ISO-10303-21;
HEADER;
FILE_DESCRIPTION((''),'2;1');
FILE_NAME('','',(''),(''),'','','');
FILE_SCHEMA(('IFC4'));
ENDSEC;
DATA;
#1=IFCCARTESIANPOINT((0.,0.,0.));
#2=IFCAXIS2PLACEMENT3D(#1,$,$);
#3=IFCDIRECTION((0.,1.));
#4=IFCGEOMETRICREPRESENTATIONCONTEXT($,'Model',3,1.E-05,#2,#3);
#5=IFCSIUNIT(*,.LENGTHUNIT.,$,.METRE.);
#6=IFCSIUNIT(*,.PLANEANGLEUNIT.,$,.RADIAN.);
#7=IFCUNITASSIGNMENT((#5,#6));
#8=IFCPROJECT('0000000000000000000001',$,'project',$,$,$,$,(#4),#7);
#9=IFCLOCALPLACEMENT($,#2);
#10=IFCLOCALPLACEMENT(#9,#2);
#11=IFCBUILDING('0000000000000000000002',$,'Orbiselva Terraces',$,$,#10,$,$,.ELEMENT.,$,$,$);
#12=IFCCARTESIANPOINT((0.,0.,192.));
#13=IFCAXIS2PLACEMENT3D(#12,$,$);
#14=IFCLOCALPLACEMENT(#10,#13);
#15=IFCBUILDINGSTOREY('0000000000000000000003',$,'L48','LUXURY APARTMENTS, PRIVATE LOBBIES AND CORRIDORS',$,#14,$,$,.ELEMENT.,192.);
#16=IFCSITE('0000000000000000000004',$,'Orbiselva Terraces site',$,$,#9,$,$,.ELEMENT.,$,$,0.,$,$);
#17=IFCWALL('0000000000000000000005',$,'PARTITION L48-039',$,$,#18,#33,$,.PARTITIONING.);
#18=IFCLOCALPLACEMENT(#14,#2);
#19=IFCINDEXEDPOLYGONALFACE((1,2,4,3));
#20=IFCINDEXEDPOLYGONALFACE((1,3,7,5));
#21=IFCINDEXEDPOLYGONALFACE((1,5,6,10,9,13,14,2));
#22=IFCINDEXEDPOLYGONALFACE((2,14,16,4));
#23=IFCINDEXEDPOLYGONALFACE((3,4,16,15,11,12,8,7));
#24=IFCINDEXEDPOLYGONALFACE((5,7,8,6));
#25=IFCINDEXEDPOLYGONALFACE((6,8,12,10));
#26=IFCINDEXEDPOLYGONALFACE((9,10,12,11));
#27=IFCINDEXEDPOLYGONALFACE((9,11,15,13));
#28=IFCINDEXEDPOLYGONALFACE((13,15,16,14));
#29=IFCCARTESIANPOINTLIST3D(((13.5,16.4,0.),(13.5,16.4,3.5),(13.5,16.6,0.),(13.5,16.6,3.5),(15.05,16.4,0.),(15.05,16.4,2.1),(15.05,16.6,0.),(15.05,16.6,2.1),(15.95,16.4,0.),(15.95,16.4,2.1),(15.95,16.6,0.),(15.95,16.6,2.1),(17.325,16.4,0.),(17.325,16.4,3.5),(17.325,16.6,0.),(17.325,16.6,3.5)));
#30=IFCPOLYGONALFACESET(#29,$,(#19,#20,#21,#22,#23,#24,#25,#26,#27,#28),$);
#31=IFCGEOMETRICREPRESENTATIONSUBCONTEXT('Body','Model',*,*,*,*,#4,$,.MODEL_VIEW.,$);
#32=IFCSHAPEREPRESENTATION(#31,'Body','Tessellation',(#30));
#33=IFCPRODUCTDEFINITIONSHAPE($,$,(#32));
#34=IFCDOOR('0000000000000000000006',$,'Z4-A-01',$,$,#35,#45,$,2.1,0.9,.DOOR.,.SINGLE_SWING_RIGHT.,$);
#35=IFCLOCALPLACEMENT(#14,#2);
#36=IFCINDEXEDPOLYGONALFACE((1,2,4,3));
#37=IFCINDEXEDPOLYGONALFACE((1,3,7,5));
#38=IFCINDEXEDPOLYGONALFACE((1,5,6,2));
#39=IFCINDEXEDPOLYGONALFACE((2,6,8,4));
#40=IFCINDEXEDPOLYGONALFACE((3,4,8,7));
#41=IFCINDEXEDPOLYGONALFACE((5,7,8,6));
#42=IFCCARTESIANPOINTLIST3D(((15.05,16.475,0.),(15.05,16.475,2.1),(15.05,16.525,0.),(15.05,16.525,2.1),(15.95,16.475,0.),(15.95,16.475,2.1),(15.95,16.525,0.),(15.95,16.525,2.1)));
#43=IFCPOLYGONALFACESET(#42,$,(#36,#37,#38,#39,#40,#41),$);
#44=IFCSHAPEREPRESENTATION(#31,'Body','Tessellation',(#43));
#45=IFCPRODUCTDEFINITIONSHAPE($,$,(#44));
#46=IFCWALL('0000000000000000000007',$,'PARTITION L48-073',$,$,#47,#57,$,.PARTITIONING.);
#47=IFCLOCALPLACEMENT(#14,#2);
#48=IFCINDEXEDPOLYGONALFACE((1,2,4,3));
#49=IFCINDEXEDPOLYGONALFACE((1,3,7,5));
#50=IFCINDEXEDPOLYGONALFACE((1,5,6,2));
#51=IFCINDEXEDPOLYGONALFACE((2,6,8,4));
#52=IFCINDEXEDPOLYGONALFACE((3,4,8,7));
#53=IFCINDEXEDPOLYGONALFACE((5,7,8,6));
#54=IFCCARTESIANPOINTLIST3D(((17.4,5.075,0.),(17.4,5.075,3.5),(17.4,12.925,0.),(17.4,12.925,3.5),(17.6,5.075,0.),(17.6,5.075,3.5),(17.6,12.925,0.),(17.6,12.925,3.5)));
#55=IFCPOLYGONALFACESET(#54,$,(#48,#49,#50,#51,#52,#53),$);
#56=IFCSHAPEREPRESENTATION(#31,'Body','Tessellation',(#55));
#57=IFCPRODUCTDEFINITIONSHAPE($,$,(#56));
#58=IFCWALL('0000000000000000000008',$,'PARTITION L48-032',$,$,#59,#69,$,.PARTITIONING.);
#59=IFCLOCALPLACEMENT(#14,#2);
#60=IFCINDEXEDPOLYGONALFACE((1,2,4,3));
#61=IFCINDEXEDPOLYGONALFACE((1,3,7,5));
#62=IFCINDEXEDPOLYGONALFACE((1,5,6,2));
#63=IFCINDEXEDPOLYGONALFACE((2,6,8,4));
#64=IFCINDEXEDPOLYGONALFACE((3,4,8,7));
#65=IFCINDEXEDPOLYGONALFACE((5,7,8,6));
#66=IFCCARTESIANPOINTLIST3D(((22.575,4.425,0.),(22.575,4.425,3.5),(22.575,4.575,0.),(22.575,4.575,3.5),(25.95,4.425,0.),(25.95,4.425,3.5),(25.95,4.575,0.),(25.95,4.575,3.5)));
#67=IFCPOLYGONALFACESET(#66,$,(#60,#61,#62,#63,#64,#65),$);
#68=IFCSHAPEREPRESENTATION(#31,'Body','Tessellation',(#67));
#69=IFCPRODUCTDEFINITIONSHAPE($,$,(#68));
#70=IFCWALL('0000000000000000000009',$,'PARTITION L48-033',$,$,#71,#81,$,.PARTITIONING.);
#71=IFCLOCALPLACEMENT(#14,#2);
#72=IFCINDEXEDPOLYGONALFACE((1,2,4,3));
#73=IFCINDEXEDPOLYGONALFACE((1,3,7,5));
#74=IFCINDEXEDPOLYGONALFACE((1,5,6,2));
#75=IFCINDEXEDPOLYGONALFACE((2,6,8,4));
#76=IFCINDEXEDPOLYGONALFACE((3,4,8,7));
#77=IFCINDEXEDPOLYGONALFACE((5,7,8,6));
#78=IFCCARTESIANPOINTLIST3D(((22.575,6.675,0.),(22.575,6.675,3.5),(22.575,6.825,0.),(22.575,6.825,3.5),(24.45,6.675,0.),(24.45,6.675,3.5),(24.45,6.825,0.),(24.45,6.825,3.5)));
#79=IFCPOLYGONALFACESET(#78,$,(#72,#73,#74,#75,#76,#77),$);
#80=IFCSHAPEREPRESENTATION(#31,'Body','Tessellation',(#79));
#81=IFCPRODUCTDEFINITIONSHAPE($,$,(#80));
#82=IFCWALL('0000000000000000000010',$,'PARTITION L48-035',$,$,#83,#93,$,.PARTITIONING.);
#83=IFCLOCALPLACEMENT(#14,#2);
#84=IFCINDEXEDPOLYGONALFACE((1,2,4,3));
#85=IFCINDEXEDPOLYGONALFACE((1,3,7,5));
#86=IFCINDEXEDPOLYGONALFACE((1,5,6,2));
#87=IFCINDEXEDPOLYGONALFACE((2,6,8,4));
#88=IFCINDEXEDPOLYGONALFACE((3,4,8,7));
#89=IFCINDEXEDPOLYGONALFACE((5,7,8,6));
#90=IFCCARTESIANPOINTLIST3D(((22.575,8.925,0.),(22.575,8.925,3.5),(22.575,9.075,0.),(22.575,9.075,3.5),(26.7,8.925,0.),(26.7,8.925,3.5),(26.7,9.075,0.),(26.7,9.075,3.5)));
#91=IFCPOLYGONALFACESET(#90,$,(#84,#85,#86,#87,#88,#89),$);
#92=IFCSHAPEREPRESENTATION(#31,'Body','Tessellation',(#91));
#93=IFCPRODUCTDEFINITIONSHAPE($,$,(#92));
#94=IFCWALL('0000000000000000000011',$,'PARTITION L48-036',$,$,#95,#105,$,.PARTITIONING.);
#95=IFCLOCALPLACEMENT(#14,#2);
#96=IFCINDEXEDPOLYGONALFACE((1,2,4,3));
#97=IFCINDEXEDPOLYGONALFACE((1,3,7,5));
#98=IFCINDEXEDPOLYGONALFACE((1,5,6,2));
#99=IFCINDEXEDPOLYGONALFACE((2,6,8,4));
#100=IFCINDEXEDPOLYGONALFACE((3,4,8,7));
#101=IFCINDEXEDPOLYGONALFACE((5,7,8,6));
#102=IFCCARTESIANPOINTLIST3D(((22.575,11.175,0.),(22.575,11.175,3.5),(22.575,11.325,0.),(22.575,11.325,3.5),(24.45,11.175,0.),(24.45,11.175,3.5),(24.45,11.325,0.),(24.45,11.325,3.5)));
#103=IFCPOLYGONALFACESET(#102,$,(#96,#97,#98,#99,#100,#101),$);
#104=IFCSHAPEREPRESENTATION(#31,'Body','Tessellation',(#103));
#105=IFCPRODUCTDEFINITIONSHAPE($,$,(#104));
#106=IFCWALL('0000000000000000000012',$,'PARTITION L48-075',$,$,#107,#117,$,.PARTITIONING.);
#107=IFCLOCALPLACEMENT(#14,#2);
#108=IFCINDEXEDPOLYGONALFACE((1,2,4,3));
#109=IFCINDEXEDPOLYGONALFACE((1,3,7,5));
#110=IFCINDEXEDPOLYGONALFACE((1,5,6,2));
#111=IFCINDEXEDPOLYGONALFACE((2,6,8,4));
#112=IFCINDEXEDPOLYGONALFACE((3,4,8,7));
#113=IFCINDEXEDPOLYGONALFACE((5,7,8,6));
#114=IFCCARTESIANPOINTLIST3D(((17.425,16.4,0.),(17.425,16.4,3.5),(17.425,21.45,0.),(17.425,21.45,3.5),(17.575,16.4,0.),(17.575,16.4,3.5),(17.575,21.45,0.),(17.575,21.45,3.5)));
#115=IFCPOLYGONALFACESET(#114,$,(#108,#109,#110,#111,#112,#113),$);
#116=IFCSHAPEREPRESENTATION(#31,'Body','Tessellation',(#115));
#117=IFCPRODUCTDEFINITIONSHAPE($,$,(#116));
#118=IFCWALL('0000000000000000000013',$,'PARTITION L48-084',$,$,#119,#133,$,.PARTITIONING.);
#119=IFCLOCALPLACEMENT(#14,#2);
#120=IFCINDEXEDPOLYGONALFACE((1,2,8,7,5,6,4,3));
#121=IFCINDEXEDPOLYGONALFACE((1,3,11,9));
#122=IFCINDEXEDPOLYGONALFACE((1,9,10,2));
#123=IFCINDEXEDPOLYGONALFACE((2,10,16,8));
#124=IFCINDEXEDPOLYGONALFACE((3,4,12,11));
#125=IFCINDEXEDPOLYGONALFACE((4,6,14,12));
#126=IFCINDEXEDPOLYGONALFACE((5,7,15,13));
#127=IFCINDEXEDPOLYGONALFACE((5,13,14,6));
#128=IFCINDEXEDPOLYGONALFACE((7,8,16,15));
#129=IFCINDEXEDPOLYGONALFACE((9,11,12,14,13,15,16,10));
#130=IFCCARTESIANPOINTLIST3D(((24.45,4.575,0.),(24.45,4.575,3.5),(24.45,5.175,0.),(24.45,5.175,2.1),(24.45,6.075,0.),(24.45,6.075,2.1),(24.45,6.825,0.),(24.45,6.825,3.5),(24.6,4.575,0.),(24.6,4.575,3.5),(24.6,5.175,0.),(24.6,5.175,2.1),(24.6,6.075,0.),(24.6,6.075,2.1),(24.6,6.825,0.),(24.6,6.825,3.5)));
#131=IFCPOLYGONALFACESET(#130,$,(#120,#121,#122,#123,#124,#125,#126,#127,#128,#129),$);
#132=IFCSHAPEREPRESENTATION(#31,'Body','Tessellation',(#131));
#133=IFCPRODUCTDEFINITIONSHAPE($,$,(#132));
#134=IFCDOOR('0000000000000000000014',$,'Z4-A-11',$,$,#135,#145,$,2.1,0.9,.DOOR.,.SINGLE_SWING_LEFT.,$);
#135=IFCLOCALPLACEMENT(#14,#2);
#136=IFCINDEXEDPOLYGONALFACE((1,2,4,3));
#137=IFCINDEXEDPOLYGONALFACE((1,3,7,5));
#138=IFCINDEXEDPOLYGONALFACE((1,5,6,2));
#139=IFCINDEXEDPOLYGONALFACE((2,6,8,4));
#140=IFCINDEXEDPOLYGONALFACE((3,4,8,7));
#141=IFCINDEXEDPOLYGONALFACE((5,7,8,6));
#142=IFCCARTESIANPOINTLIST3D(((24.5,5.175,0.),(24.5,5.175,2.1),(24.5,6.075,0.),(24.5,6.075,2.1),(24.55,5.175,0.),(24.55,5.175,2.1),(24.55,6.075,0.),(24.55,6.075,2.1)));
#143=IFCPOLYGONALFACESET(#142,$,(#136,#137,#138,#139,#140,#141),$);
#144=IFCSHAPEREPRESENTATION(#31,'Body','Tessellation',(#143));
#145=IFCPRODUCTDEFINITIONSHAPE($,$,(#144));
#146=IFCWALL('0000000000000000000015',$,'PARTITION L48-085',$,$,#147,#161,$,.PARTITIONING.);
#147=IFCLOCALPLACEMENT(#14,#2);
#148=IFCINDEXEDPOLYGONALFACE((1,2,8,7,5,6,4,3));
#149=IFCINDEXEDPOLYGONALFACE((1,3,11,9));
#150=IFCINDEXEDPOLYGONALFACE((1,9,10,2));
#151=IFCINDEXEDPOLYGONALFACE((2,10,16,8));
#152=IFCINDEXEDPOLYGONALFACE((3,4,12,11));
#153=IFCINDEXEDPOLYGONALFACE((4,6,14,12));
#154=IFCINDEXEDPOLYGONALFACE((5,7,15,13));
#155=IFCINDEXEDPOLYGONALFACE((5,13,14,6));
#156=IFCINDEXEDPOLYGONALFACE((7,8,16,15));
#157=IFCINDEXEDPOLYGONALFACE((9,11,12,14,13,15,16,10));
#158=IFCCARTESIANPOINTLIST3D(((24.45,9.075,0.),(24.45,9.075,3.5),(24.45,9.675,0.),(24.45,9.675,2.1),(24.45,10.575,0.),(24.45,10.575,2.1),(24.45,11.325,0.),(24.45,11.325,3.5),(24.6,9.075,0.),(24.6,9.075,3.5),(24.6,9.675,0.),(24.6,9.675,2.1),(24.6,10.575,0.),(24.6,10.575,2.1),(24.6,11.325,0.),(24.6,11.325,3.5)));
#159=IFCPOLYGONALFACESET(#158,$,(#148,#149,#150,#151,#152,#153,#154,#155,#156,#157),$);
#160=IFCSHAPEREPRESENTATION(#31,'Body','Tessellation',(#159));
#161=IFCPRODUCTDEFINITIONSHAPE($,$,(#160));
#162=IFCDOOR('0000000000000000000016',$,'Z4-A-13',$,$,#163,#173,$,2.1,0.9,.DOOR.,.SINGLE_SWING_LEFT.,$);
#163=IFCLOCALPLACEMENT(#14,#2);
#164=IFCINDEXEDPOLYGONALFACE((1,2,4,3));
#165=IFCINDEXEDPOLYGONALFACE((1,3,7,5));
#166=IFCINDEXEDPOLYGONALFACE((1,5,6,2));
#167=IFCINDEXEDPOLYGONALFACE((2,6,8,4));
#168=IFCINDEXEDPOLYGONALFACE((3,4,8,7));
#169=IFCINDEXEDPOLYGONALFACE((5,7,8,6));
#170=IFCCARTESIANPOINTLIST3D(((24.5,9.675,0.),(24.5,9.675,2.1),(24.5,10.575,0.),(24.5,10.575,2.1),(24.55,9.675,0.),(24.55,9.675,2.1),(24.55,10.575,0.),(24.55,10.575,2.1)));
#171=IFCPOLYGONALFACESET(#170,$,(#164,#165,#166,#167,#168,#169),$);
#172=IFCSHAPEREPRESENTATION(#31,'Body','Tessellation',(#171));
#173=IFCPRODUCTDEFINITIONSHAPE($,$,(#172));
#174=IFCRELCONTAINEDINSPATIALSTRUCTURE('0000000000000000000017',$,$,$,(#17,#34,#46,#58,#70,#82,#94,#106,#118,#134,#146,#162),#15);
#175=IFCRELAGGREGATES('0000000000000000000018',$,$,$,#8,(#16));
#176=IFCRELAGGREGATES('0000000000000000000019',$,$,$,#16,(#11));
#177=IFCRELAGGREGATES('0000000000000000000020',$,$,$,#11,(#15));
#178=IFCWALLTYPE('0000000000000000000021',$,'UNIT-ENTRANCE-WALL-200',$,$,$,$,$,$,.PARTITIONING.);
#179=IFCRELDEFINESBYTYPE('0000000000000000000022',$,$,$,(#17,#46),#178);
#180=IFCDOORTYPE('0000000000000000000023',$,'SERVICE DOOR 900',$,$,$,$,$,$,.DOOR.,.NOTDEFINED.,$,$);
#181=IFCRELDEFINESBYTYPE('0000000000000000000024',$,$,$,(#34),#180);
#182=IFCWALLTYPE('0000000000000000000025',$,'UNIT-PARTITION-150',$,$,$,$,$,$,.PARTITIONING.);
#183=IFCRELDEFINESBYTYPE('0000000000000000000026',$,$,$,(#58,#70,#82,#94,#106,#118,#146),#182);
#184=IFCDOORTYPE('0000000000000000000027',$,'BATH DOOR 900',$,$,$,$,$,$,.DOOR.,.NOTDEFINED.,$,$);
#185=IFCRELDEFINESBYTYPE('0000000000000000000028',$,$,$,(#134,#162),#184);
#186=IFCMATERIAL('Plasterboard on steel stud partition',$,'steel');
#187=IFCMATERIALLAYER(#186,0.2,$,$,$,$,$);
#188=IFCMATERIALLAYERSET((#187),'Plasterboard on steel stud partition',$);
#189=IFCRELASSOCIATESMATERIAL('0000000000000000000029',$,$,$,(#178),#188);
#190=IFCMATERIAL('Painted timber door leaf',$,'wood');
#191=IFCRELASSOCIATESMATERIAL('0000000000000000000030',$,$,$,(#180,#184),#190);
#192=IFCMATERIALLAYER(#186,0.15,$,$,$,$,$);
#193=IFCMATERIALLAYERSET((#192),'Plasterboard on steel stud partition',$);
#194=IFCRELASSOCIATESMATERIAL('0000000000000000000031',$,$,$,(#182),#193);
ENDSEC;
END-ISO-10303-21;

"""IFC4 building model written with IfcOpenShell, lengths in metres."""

from ifc_helpers import new_model, si_unit, direction, frame, frame_2d, origin, place, context, subcontext, project, spatial, rectangle, extrude, material, layer, layer_set, type_object, element, fill, save


model = new_model("IFC4")

# Units and contexts
model_context = context("Model", 3, precision=1e-05, world=origin(), true_north=direction((0.0, 1.0)))
body_context = subcontext(model_context, "Body", "Model", "MODEL_VIEW")
ifc_project = project(units=[si_unit("LENGTHUNIT", "METRE"), si_unit("PLANEANGLEUNIT", "RADIAN")], contexts=[model_context])

# Site, building, storey
site_placement = place(None, origin())
site = spatial("IfcSite", under=ifc_project, at=site_placement, Name="Orbiselva Terraces site", CompositionType="ELEMENT", RefElevation=0.0)
building_placement = place(site_placement, origin())
building = spatial("IfcBuilding", under=site, at=building_placement, Name="Orbiselva Terraces", CompositionType="ELEMENT")
storey_placement = place(building_placement, frame((0.0, 0.0, 192.0)))
storey = spatial("IfcBuildingStorey", under=building, at=storey_placement, Name="L48", Description="LUXURY APARTMENTS, PRIVATE LOBBIES AND CORRIDORS", CompositionType="ELEMENT", Elevation=192.0)

# Wall, opening, door
ifc_material_1 = material(Name="Plasterboard on steel stud partition", Category="steel")
ifc_layer_1 = layer(ifc_material_1, 0.2)
ifc_layer_set_1 = layer_set([ifc_layer_1], Name="Plasterboard on steel stud partition")
wall_type_1 = type_object("IfcWallType", Name="UNIT-ENTRANCE-WALL-200", PredefinedType="PARTITIONING", material=ifc_layer_set_1)
wall_1_placement = place(storey_placement, frame((13.5, 16.5, 0.0), z_axis=(0.0, 0.0, 1.0), x_axis=(1.0, 0.0, 0.0)))
wall_1 = element("IfcWall", 1, at=wall_1_placement, inside=storey, type_object=wall_type_1, Name="PARTITION L48-039", PredefinedType="PARTITIONING", context=body_context, shape_type="SweptSolid", body=[
    extrude(rectangle(XDim=3.825, YDim=0.2, at=frame_2d((1.9125, 0.0))), origin(), (0.0, 0.0, 1.0), 3.5),
])
opening_1_placement = place(wall_1_placement, frame((1.55, 0.0, 0.0)))
opening_1 = element("IfcOpeningElement", 2, at=opening_1_placement, cuts=wall_1, PredefinedType="OPENING", context=body_context, shape_type="SweptSolid", body=[
    extrude(rectangle(XDim=0.9, YDim=2.1, at=frame_2d((0.45, 1.05))), frame((0.0, 0.11, 0.0), z_axis=(0.0, -1.0, 0.0), x_axis=(1.0, 0.0, 0.0)), (0.0, 0.0, 1.0), 0.22),
])
ifc_material_2 = material(Name="Painted timber door leaf", Category="wood")
door_type_1 = type_object("IfcDoorType", Name="SERVICE DOOR 900", OperationType="NOTDEFINED", PredefinedType="DOOR", material=ifc_material_2)
door_1_placement = place(opening_1_placement, origin())
door_1 = element("IfcDoor", 3, at=door_1_placement, inside=storey, type_object=door_type_1, Name="Z4-A-01", OperationType="SINGLE_SWING_RIGHT", OverallHeight=2.1, OverallWidth=0.9, PredefinedType="DOOR", context=body_context, shape_type="SweptSolid", body=[
    extrude(rectangle(XDim=0.9, YDim=2.1, at=frame_2d((0.45, 1.05))), frame((0.0, 0.025, 0.0), z_axis=(0.0, -1.0, 0.0), x_axis=(1.0, 0.0, 0.0)), (0.0, 0.0, 1.0), 0.05),
])
fill(opening_1, door_1)

# Walls
wall_2_placement = place(storey_placement, frame((17.5, 5.075, 0.0), z_axis=(0.0, 0.0, 1.0), x_axis=(0.0, 1.0, 0.0)))
element("IfcWall", 4, at=wall_2_placement, inside=storey, type_object=wall_type_1, Name="PARTITION L48-073", PredefinedType="PARTITIONING", context=body_context, shape_type="SweptSolid", body=[
    extrude(rectangle(XDim=7.85, YDim=0.2, at=frame_2d((3.925, 0.0))), origin(), (0.0, 0.0, 1.0), 3.5),
])
ifc_layer_2 = layer(ifc_material_1, 0.15)
ifc_layer_set_2 = layer_set([ifc_layer_2], Name="Plasterboard on steel stud partition")
wall_type_2 = type_object("IfcWallType", Name="UNIT-PARTITION-150", PredefinedType="PARTITIONING", material=ifc_layer_set_2)
wall_3_placement = place(storey_placement, frame((22.575, 4.5, 0.0), z_axis=(0.0, 0.0, 1.0), x_axis=(1.0, 0.0, 0.0)))
element("IfcWall", 5, at=wall_3_placement, inside=storey, type_object=wall_type_2, Name="PARTITION L48-032", PredefinedType="PARTITIONING", context=body_context, shape_type="SweptSolid", body=[
    extrude(rectangle(XDim=3.375, YDim=0.15, at=frame_2d((1.6875, 0.0))), origin(), (0.0, 0.0, 1.0), 3.5),
])
wall_4_placement = place(storey_placement, frame((22.575, 6.75, 0.0), z_axis=(0.0, 0.0, 1.0), x_axis=(1.0, 0.0, 0.0)))
element("IfcWall", 6, at=wall_4_placement, inside=storey, type_object=wall_type_2, Name="PARTITION L48-033", PredefinedType="PARTITIONING", context=body_context, shape_type="SweptSolid", body=[
    extrude(rectangle(XDim=1.875, YDim=0.15, at=frame_2d((0.9375, 0.0))), origin(), (0.0, 0.0, 1.0), 3.5),
])
wall_5_placement = place(storey_placement, frame((22.575, 9.0, 0.0), z_axis=(0.0, 0.0, 1.0), x_axis=(1.0, 0.0, 0.0)))
element("IfcWall", 7, at=wall_5_placement, inside=storey, type_object=wall_type_2, Name="PARTITION L48-035", PredefinedType="PARTITIONING", context=body_context, shape_type="SweptSolid", body=[
    extrude(rectangle(XDim=4.125, YDim=0.15, at=frame_2d((2.0625, 0.0))), origin(), (0.0, 0.0, 1.0), 3.5),
])
wall_6_placement = place(storey_placement, frame((22.575, 11.25, 0.0), z_axis=(0.0, 0.0, 1.0), x_axis=(1.0, 0.0, 0.0)))
element("IfcWall", 8, at=wall_6_placement, inside=storey, type_object=wall_type_2, Name="PARTITION L48-036", PredefinedType="PARTITIONING", context=body_context, shape_type="SweptSolid", body=[
    extrude(rectangle(XDim=1.875, YDim=0.15, at=frame_2d((0.9375, 0.0))), origin(), (0.0, 0.0, 1.0), 3.5),
])
wall_7_placement = place(storey_placement, frame((17.5, 16.4, 0.0), z_axis=(0.0, 0.0, 1.0), x_axis=(0.0, 1.0, 0.0)))
element("IfcWall", 9, at=wall_7_placement, inside=storey, type_object=wall_type_2, Name="PARTITION L48-075", PredefinedType="PARTITIONING", context=body_context, shape_type="SweptSolid", body=[
    extrude(rectangle(XDim=5.05, YDim=0.15, at=frame_2d((2.525, 0.0))), origin(), (0.0, 0.0, 1.0), 3.5),
])

# Walls, openings, doors
wall_8_placement = place(storey_placement, frame((24.525, 4.575, 0.0), z_axis=(0.0, 0.0, 1.0), x_axis=(0.0, 1.0, 0.0)))
wall_8 = element("IfcWall", 10, at=wall_8_placement, inside=storey, type_object=wall_type_2, Name="PARTITION L48-084", PredefinedType="PARTITIONING", context=body_context, shape_type="SweptSolid", body=[
    extrude(rectangle(XDim=2.25, YDim=0.15, at=frame_2d((1.125, 0.0))), origin(), (0.0, 0.0, 1.0), 3.5),
])
opening_2_placement = place(wall_8_placement, frame((0.6, 0.0, 0.0)))
opening_2 = element("IfcOpeningElement", 11, at=opening_2_placement, cuts=wall_8, PredefinedType="OPENING", context=body_context, shape_type="SweptSolid", body=[
    extrude(rectangle(XDim=0.9, YDim=2.1, at=frame_2d((0.45, 1.05))), frame((0.0, 0.085, 0.0), z_axis=(0.0, -1.0, 0.0), x_axis=(1.0, 0.0, 0.0)), (0.0, 0.0, 1.0), 0.17),
])
door_type_2 = type_object("IfcDoorType", Name="BATH DOOR 900", OperationType="NOTDEFINED", PredefinedType="DOOR", material=ifc_material_2)
door_2_placement = place(opening_2_placement, origin())
door_2 = element("IfcDoor", 12, at=door_2_placement, inside=storey, type_object=door_type_2, Name="Z4-A-11", OperationType="SINGLE_SWING_LEFT", OverallHeight=2.1, OverallWidth=0.9, PredefinedType="DOOR", context=body_context, shape_type="SweptSolid", body=[
    extrude(rectangle(XDim=0.9, YDim=2.1, at=frame_2d((0.45, 1.05))), frame((0.0, 0.025, 0.0), z_axis=(0.0, -1.0, 0.0), x_axis=(1.0, 0.0, 0.0)), (0.0, 0.0, 1.0), 0.05),
])
fill(opening_2, door_2)
wall_9_placement = place(storey_placement, frame((24.525, 9.075, 0.0), z_axis=(0.0, 0.0, 1.0), x_axis=(0.0, 1.0, 0.0)))
wall_9 = element("IfcWall", 13, at=wall_9_placement, inside=storey, type_object=wall_type_2, Name="PARTITION L48-085", PredefinedType="PARTITIONING", context=body_context, shape_type="SweptSolid", body=[
    extrude(rectangle(XDim=2.25, YDim=0.15, at=frame_2d((1.125, 0.0))), origin(), (0.0, 0.0, 1.0), 3.5),
])
opening_3_placement = place(wall_9_placement, frame((0.6, 0.0, 0.0)))
opening_3 = element("IfcOpeningElement", 14, at=opening_3_placement, cuts=wall_9, PredefinedType="OPENING", context=body_context, shape_type="SweptSolid", body=[
    extrude(rectangle(XDim=0.9, YDim=2.1, at=frame_2d((0.45, 1.05))), frame((0.0, 0.085, 0.0), z_axis=(0.0, -1.0, 0.0), x_axis=(1.0, 0.0, 0.0)), (0.0, 0.0, 1.0), 0.17),
])
door_3_placement = place(opening_3_placement, origin())
door_3 = element("IfcDoor", 15, at=door_3_placement, inside=storey, type_object=door_type_2, Name="Z4-A-13", OperationType="SINGLE_SWING_LEFT", OverallHeight=2.1, OverallWidth=0.9, PredefinedType="DOOR", context=body_context, shape_type="SweptSolid", body=[
    extrude(rectangle(XDim=0.9, YDim=2.1, at=frame_2d((0.45, 1.05))), frame((0.0, 0.025, 0.0), z_axis=(0.0, -1.0, 0.0), x_axis=(1.0, 0.0, 0.0)), (0.0, 0.0, 1.0), 0.05),
])
fill(opening_3, door_3)

save(model, "model.ifc")
